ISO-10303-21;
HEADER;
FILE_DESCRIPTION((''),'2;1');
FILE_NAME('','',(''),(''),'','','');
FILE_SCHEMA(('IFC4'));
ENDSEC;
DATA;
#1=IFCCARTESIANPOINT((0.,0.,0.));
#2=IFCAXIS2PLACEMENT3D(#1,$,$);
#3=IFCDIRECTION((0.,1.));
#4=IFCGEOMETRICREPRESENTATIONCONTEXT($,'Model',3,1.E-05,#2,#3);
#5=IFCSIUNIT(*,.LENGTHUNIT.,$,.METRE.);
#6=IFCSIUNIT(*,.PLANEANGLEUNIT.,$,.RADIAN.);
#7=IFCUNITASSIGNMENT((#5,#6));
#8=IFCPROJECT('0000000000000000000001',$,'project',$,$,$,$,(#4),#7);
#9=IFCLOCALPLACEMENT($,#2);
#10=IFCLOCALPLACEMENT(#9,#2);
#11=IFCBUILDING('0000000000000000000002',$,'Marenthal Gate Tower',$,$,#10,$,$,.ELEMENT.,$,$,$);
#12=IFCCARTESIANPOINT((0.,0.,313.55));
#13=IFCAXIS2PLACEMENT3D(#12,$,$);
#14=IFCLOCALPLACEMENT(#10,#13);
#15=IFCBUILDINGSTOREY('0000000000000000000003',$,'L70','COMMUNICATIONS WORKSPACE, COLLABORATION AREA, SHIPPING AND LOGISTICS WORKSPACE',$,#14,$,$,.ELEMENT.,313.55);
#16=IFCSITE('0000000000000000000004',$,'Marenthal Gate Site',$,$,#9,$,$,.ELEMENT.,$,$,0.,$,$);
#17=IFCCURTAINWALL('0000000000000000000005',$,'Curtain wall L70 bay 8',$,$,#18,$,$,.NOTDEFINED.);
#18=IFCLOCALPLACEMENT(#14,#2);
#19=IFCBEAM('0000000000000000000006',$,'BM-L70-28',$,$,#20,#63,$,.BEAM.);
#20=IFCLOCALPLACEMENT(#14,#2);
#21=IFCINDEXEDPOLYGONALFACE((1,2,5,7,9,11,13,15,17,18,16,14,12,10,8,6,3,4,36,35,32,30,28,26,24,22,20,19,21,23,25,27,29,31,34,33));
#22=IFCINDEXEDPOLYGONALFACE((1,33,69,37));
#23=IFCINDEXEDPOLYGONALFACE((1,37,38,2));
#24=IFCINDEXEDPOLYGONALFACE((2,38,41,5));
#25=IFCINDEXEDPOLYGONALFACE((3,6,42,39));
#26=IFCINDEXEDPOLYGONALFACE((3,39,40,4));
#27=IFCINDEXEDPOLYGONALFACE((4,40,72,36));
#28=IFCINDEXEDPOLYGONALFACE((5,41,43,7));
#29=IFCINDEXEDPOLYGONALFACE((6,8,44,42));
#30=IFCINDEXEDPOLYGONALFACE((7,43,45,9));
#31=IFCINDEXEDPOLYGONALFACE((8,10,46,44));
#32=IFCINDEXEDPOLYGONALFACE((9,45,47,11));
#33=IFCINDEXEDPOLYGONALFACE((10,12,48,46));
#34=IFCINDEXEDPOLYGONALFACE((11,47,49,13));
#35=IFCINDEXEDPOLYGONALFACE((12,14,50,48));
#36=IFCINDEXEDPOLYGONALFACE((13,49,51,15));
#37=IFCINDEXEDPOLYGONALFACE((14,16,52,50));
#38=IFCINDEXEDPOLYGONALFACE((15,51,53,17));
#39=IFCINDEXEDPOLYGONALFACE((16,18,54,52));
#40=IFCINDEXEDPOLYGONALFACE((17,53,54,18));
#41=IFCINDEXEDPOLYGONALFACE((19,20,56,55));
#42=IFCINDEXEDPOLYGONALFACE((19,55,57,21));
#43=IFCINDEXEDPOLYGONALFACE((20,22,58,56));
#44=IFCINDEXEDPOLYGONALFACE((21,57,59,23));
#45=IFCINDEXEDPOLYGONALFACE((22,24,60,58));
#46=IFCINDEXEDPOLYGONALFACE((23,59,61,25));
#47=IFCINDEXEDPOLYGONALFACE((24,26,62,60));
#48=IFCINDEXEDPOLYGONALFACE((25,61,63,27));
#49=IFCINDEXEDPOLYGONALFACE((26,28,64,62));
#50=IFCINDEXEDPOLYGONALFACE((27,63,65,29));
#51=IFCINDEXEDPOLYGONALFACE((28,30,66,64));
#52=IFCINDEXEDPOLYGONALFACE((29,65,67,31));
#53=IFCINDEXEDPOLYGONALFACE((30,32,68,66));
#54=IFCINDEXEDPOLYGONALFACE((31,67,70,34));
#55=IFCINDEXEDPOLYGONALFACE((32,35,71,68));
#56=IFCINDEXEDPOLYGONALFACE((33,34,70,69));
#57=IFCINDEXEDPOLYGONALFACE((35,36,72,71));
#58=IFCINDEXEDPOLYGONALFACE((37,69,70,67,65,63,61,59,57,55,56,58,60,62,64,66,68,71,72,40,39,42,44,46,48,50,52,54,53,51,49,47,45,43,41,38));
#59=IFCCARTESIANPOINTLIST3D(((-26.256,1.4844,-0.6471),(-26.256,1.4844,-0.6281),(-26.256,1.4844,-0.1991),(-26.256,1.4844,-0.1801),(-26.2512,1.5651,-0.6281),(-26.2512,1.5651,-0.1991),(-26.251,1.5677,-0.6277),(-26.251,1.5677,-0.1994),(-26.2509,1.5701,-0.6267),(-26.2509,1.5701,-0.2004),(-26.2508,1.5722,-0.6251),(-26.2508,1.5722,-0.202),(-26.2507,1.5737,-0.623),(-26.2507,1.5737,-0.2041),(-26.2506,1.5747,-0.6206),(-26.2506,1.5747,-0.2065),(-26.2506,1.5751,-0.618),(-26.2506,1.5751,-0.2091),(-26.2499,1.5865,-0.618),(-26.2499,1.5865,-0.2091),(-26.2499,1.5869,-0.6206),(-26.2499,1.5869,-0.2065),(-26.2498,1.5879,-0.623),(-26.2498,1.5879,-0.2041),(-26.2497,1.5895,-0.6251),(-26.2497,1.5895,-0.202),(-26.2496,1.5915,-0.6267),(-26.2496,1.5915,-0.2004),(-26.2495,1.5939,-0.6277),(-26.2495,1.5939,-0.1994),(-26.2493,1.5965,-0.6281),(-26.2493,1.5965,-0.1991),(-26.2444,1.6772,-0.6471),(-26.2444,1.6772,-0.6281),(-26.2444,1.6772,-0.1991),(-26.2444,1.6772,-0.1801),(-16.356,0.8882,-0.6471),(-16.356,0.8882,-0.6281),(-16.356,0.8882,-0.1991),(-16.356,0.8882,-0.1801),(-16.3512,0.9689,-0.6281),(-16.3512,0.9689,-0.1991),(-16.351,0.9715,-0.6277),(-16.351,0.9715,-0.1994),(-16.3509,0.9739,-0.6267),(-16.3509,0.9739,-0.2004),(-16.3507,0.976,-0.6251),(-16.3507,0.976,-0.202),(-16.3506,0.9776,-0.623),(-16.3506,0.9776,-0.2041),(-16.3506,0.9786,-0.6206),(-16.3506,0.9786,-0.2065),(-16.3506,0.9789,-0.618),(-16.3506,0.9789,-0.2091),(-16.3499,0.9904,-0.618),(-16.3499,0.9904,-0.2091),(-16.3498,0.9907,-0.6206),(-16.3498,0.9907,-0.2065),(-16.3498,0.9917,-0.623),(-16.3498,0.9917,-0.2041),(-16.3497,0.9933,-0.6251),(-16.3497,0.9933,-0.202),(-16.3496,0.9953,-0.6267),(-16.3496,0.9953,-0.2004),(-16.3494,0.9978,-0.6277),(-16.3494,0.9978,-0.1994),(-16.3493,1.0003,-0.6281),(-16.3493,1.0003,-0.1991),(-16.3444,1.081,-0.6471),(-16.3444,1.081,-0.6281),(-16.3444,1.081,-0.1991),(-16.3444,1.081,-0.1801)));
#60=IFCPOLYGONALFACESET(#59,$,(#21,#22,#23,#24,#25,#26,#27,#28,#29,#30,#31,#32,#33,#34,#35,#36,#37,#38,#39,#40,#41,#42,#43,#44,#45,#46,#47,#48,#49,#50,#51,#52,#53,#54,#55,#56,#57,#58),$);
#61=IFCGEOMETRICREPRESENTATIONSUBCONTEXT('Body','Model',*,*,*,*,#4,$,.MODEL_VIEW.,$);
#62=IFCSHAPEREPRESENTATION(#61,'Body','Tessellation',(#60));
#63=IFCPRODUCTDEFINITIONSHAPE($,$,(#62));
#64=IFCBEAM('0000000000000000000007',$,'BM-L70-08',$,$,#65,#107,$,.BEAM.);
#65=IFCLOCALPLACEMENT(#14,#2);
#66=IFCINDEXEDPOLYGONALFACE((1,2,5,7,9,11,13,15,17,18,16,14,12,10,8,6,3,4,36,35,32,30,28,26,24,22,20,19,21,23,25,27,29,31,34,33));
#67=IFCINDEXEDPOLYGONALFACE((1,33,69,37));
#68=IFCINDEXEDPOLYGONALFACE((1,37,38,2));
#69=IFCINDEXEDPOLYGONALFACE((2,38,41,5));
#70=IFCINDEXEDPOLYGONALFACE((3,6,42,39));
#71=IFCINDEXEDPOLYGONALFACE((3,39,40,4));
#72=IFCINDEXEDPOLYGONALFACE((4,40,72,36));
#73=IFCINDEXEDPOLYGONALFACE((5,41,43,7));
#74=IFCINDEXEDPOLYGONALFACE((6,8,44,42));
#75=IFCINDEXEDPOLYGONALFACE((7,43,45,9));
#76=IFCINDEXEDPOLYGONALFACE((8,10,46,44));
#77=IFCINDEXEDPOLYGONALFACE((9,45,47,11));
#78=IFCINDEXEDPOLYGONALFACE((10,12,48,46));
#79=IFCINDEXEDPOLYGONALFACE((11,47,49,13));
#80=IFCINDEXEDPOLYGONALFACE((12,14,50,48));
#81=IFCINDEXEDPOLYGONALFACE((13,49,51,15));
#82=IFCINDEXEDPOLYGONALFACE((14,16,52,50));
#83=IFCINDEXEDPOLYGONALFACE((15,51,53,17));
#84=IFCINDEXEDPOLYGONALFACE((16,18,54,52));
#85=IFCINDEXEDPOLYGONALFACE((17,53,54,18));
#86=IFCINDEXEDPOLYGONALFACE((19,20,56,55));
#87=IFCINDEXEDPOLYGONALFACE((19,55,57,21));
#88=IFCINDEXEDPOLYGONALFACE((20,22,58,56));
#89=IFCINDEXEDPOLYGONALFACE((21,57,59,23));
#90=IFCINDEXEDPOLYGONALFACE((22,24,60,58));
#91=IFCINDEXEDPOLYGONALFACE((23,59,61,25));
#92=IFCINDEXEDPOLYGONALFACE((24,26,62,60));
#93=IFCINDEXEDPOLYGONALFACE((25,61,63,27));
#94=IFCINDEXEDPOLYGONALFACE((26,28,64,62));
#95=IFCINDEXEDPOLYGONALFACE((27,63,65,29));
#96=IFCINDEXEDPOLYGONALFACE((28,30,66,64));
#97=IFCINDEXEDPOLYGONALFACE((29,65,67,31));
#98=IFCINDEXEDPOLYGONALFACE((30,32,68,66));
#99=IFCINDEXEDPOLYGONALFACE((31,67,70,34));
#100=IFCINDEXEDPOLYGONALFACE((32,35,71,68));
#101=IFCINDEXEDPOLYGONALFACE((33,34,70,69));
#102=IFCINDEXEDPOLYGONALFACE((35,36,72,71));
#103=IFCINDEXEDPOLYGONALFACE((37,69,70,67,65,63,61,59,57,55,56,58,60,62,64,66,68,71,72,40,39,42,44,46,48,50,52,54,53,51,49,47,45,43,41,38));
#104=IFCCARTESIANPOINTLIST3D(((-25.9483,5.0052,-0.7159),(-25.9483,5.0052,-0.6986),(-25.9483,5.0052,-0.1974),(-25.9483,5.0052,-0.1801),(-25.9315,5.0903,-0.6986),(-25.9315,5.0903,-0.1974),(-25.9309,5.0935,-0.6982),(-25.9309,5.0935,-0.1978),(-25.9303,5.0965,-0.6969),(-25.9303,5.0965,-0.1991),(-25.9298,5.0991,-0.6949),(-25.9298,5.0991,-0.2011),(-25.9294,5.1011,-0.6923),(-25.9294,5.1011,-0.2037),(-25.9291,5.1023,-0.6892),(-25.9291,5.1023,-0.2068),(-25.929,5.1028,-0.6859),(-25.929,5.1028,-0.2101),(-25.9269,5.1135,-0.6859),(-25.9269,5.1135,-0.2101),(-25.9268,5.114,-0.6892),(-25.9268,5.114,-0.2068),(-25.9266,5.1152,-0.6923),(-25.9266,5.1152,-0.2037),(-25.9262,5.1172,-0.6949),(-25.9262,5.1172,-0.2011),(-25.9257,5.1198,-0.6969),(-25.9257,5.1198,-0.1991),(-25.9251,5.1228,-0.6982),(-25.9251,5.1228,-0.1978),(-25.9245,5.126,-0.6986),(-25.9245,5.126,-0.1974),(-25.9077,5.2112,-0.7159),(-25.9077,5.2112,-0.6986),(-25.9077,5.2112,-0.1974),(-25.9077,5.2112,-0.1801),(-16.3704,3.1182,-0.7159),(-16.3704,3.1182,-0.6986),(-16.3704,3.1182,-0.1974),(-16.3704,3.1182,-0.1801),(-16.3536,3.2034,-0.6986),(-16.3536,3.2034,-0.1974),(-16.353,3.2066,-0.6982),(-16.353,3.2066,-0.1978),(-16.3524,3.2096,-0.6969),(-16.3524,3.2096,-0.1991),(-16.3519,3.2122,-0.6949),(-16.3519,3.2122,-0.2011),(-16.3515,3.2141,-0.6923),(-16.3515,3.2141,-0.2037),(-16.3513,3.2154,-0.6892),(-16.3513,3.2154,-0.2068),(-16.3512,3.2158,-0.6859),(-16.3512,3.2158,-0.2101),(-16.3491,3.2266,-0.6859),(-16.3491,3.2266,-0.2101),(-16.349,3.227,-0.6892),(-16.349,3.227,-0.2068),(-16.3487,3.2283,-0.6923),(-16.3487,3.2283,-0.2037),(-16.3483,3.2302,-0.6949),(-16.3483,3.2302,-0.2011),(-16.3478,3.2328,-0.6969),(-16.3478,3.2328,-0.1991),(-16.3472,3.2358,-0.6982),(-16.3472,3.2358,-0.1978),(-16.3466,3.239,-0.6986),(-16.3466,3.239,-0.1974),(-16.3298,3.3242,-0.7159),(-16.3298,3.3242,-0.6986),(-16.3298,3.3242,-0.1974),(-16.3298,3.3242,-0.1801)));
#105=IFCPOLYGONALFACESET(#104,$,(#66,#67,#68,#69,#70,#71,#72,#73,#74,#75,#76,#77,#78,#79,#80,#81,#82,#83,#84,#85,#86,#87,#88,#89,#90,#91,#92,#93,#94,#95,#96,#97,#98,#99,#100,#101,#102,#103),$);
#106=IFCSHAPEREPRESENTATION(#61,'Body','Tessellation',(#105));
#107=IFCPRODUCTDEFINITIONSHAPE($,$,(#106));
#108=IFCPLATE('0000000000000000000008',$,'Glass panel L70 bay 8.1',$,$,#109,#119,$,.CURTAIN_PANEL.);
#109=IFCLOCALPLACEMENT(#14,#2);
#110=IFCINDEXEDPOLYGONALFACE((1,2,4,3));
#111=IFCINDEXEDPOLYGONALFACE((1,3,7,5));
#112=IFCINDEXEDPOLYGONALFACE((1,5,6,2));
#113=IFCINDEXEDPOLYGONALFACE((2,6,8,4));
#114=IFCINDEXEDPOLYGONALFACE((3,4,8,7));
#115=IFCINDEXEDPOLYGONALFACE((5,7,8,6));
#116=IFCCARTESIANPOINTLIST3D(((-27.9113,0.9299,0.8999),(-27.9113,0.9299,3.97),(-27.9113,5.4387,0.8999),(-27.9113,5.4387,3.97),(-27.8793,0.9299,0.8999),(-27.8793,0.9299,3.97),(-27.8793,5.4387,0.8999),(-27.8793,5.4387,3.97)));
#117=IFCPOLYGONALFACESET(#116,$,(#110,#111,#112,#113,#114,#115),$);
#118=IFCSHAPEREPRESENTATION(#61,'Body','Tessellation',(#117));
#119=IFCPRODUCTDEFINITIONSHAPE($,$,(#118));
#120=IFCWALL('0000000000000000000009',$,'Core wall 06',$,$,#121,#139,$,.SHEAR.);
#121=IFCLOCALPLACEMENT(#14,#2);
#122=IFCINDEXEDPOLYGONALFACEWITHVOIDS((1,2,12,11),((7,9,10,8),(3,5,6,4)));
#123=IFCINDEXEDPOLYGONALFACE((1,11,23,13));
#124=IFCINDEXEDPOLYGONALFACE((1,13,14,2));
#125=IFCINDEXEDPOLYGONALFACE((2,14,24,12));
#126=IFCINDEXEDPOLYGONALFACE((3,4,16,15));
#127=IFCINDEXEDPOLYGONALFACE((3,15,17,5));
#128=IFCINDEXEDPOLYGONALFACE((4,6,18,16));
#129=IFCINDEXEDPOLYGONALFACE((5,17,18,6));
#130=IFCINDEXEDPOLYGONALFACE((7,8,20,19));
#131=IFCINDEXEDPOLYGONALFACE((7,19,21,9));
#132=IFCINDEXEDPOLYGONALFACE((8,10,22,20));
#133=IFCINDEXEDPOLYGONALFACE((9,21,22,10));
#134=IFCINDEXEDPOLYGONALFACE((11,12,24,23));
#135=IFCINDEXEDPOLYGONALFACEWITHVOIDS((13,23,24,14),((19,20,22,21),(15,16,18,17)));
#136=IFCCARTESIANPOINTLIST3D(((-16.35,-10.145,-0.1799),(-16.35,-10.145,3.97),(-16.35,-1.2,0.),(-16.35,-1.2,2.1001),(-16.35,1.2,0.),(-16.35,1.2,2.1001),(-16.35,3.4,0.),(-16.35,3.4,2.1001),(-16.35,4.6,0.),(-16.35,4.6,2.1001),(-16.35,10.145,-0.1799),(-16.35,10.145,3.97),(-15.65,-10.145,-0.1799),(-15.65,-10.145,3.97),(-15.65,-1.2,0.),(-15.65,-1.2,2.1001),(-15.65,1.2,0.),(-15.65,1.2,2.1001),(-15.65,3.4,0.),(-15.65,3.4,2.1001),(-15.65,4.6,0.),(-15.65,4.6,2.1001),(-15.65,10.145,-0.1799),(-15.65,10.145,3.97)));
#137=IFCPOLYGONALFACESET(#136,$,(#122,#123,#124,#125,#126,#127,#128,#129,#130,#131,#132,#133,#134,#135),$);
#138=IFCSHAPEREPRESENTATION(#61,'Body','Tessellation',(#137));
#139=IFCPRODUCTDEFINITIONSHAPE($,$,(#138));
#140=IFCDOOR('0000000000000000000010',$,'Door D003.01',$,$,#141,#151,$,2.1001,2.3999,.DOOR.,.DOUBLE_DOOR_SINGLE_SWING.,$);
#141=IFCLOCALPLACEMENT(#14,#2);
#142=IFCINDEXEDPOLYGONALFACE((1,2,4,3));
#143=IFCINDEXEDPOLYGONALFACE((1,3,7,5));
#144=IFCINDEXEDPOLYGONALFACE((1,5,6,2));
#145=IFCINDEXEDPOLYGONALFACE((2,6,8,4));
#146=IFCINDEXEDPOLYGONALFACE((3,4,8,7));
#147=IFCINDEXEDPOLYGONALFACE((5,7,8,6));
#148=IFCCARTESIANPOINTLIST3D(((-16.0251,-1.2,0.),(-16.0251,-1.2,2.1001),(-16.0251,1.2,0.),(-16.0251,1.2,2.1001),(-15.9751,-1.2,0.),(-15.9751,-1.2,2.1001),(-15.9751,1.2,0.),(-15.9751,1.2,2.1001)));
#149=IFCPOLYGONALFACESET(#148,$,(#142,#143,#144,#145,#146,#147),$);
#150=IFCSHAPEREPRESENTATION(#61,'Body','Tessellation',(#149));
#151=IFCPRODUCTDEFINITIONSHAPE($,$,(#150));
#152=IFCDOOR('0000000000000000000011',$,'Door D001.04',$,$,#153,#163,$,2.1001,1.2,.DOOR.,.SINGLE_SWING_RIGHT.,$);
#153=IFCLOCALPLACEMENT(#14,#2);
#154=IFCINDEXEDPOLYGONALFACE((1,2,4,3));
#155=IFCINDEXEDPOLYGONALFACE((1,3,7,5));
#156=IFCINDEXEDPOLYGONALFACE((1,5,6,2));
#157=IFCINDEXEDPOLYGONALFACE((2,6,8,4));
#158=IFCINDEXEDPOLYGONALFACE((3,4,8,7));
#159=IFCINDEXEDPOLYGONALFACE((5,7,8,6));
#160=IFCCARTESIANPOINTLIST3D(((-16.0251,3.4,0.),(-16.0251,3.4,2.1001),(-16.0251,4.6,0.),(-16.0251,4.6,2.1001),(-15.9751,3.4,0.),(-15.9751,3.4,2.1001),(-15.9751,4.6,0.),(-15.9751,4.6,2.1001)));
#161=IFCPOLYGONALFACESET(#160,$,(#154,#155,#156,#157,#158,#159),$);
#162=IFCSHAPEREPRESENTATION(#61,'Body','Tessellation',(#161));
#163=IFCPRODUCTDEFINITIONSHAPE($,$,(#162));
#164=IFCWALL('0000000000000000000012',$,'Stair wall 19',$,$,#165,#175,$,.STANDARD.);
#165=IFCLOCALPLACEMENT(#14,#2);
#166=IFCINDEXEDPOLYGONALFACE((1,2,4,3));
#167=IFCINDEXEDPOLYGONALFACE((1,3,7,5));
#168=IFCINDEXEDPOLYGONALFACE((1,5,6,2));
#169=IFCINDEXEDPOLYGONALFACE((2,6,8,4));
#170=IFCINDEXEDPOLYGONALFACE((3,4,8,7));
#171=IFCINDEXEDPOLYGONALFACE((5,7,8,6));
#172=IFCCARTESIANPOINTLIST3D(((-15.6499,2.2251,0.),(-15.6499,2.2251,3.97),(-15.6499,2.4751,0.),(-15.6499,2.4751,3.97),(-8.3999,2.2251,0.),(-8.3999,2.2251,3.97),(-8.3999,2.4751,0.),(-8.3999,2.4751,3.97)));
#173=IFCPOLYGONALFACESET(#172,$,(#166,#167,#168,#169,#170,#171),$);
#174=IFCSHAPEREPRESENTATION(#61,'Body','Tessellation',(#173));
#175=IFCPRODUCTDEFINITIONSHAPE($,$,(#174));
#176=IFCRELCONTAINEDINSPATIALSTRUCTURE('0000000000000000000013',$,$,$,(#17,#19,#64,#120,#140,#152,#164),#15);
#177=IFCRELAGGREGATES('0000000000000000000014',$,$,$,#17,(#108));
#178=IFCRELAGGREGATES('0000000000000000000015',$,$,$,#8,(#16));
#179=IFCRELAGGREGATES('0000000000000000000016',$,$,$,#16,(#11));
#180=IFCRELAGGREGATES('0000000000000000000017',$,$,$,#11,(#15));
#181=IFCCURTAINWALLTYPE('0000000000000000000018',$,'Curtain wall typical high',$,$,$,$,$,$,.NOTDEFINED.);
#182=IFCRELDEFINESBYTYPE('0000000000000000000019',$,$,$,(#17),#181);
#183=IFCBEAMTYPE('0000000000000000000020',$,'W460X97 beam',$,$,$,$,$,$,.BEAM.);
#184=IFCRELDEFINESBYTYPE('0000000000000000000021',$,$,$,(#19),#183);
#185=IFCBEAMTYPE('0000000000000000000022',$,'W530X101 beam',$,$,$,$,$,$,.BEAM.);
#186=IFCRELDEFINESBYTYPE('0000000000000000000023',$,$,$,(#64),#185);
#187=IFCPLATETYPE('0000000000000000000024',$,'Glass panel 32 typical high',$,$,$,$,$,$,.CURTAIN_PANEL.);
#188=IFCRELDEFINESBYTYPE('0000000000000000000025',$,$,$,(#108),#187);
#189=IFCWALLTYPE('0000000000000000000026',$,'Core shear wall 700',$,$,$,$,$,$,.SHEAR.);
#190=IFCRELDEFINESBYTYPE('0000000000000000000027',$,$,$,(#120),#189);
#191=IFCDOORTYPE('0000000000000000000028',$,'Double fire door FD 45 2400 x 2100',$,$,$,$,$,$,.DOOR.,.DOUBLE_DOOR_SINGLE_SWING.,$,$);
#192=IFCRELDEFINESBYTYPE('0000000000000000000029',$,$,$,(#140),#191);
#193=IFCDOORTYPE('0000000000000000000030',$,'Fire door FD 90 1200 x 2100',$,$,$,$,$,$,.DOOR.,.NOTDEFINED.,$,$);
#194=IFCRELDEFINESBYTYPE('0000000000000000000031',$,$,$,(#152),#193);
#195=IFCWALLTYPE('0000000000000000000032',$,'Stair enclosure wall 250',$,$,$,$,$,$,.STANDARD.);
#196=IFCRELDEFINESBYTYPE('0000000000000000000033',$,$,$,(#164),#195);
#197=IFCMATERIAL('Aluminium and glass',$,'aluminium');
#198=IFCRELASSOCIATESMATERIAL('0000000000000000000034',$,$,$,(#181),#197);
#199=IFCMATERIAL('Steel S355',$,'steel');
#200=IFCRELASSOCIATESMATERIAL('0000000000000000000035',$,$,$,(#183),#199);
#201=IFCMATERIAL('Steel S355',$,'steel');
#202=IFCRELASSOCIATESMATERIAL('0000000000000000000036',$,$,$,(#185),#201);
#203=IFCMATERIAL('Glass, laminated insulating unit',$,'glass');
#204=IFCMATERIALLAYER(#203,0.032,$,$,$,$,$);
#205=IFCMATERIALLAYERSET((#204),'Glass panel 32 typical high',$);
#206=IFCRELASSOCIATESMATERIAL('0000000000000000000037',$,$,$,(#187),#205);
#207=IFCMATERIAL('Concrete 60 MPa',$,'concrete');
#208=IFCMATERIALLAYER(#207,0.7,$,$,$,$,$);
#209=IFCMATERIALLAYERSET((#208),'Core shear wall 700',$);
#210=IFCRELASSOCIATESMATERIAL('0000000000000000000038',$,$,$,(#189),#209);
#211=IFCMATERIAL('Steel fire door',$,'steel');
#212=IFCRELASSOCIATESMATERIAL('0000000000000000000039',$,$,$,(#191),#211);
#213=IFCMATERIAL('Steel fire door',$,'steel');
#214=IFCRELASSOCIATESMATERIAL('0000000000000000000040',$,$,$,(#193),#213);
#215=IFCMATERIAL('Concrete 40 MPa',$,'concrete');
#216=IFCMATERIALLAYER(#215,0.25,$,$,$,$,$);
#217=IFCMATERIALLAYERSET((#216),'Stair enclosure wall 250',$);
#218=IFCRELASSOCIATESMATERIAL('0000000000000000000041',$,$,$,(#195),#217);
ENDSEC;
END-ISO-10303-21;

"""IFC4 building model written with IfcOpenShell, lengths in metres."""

from ifc_helpers import new_model, si_unit, direction, frame, frame_2d, origin, origin_2d, place, context, subcontext, project, spatial, rectangle, i_section, extrude, material, layer, layer_set, material_profile, profile_set, type_object, element, fill, aggregate, save


model = new_model("IFC4")

# Units and contexts
model_context = context("Model", 3, precision=1e-05, world=origin(), true_north=direction((0.0, 1.0)))
body_context = subcontext(model_context, "Body", "Model", "MODEL_VIEW")
ifc_project = project(units=[si_unit("LENGTHUNIT", "METRE"), si_unit("PLANEANGLEUNIT", "RADIAN")], contexts=[model_context])

# Site, building, storey
site_placement = place(None, origin())
site = spatial("IfcSite", under=ifc_project, at=site_placement, Name="Marenthal Gate Site", CompositionType="ELEMENT", RefElevation=0.0)
building_placement = place(site_placement, origin())
building = spatial("IfcBuilding", under=site, at=building_placement, Name="Marenthal Gate Tower", CompositionType="ELEMENT")
storey_placement = place(building_placement, frame((0.0, 0.0, 313.55)))
storey = spatial("IfcBuildingStorey", under=building, at=storey_placement, Name="L70", Description="COMMUNICATIONS WORKSPACE, COLLABORATION AREA, SHIPPING AND LOGISTICS WORKSPACE", CompositionType="ELEMENT", Elevation=313.55)

# Curtain wall
ifc_material_1 = material(Name="Aluminium and glass", Category="aluminium")
curtain_wall_type = type_object("IfcCurtainWallType", Name="Curtain wall typical high", PredefinedType="NOTDEFINED", material=ifc_material_1)
curtain_wall_placement = place(storey_placement, origin())
curtain_wall = element("IfcCurtainWall", 1, at=curtain_wall_placement, inside=storey, type_object=curtain_wall_type, Name="Curtain wall L70 bay 8", PredefinedType="NOTDEFINED")

# Beams
ifc_material_2 = material(Name="Steel S355", Category="steel")
ifc_material_profile_1 = material_profile(ifc_material_2, i_section(OverallWidth=0.1931, OverallDepth=0.467, WebThickness=0.0115, FlangeThickness=0.019, FilletRadius=0.01, at=origin_2d()), Name="W460X97")
ifc_profile_set_1 = profile_set([ifc_material_profile_1], Name="Steel S355")
beam_type_1 = type_object("IfcBeamType", Name="W460X97 beam", PredefinedType="BEAM", material=ifc_profile_set_1)
beam_1_placement = place(storey_placement, frame((-26.2502, 1.5808, -0.4136), z_axis=(0.998192, -0.060112, 0.0), x_axis=(0.060112, 0.998192, 0.0)))
element("IfcBeam", 2, at=beam_1_placement, inside=storey, type_object=beam_type_1, Name="BM-L70-28", PredefinedType="BEAM", context=body_context, shape_type="SweptSolid", body=[
    extrude(i_section(OverallWidth=0.1931, OverallDepth=0.467, WebThickness=0.0115, FlangeThickness=0.019, FilletRadius=0.01, at=origin_2d()), origin(), (0.0, 0.0, 1.0), 9.918),
])
ifc_material_3 = material(Name="Steel S355", Category="steel")
ifc_material_profile_2 = material_profile(ifc_material_3, i_section(OverallWidth=0.21, OverallDepth=0.5359, WebThickness=0.011, FlangeThickness=0.0173, FilletRadius=0.0127, at=origin_2d()), Name="W530X101")
ifc_profile_set_2 = profile_set([ifc_material_profile_2], Name="Steel S355")
beam_type_2 = type_object("IfcBeamType", Name="W530X101 beam", PredefinedType="BEAM", material=ifc_profile_set_2)
beam_2_placement = place(storey_placement, frame((-25.928, 5.1082, -0.448), z_axis=(0.98114, -0.193297, 0.0), x_axis=(0.193297, 0.98114, 0.0)))
element("IfcBeam", 3, at=beam_2_placement, inside=storey, type_object=beam_type_2, Name="BM-L70-08", PredefinedType="BEAM", context=body_context, shape_type="SweptSolid", body=[
    extrude(i_section(OverallWidth=0.21, OverallDepth=0.5359, WebThickness=0.011, FlangeThickness=0.0173, FilletRadius=0.0127, at=origin_2d()), origin(), (0.0, 0.0, 1.0), 9.762),
])

# Plate
ifc_material_4 = material(Name="Glass, laminated insulating unit", Category="glass")
ifc_layer_1 = layer(ifc_material_4, 0.032)
ifc_layer_set_1 = layer_set([ifc_layer_1], Name="Glass panel 32 typical high")
plate_type = type_object("IfcPlateType", Name="Glass panel 32 typical high", PredefinedType="CURTAIN_PANEL", material=ifc_layer_set_1)
plate_placement = place(storey_placement, frame((-27.8953, 3.1843, 0.8999), z_axis=(0.0, 0.0, 1.0), x_axis=(0.0, -1.0, 0.0)))
plate = element("IfcPlate", 4, at=plate_placement, type_object=plate_type, Name="Glass panel L70 bay 8.1", PredefinedType="CURTAIN_PANEL", context=body_context, shape_type="SweptSolid", body=[
    extrude(rectangle(XDim=4.5088, YDim=0.032, at=origin_2d()), origin(), (0.0, 0.0, 1.0), 3.0701),
])
aggregate(curtain_wall, [plate])

# Wall, openings, doors
ifc_material_5 = material(Name="Concrete 60 MPa", Category="concrete")
ifc_layer_2 = layer(ifc_material_5, 0.7)
ifc_layer_set_2 = layer_set([ifc_layer_2], Name="Core shear wall 700")
wall_type_1 = type_object("IfcWallType", Name="Core shear wall 700", PredefinedType="SHEAR", material=ifc_layer_set_2)
wall_1_placement = place(storey_placement, frame((-16.0, 10.145, -0.1799), z_axis=(0.0, 0.0, 1.0), x_axis=(0.0, -1.0, 0.0)))
wall_1 = element("IfcWall", 5, at=wall_1_placement, inside=storey, type_object=wall_type_1, Name="Core wall 06", PredefinedType="SHEAR", context=body_context, shape_type="SweptSolid", body=[
    extrude(rectangle(XDim=20.29, YDim=0.7, at=frame_2d((10.145, 0.0))), origin(), (0.0, 0.0, 1.0), 4.1499),
])
opening_1_placement = place(wall_1_placement, frame((8.9451, 0.0, 0.1799)))
opening_1 = element("IfcOpeningElement", 6, at=opening_1_placement, cuts=wall_1, PredefinedType="OPENING", context=body_context, shape_type="SweptSolid", body=[
    extrude(rectangle(XDim=2.3999, YDim=2.1001, at=frame_2d((1.2, 1.05))), frame((0.0, 0.3599, 0.0), z_axis=(0.0, -1.0, 0.0), x_axis=(1.0, 0.0, 0.0)), (0.0, 0.0, 1.0), 0.72),
])
opening_2_placement = place(wall_1_placement, frame((5.5449, 0.0, 0.1799)))
opening_2 = element("IfcOpeningElement", 7, at=opening_2_placement, cuts=wall_1, PredefinedType="OPENING", context=body_context, shape_type="SweptSolid", body=[
    extrude(rectangle(XDim=1.2, YDim=2.1001, at=frame_2d((0.6001, 1.05))), frame((0.0, 0.3599, 0.0), z_axis=(0.0, -1.0, 0.0), x_axis=(1.0, 0.0, 0.0)), (0.0, 0.0, 1.0), 0.72),
])
ifc_material_6 = material(Name="Steel fire door", Category="steel")
door_type_1 = type_object("IfcDoorType", Name="Double fire door FD 45 2400 x 2100", OperationType="DOUBLE_DOOR_SINGLE_SWING", PredefinedType="DOOR", material=ifc_material_6)
door_1_placement = place(opening_1_placement, origin())
door_1 = element("IfcDoor", 8, at=door_1_placement, inside=storey, type_object=door_type_1, Name="Door D003.01", OperationType="DOUBLE_DOOR_SINGLE_SWING", OverallHeight=2.1001, OverallWidth=2.3999, PredefinedType="DOOR", context=body_context, shape_type="SweptSolid", body=[
    extrude(rectangle(XDim=2.3999, YDim=2.1001, at=frame_2d((1.2, 1.05))), frame((0.0, 0.0249, 0.0), z_axis=(0.0, -1.0, 0.0), x_axis=(1.0, 0.0, 0.0)), (0.0, 0.0, 1.0), 0.05),
])
fill(opening_1, door_1)
ifc_material_7 = material(Name="Steel fire door", Category="steel")
door_type_2 = type_object("IfcDoorType", Name="Fire door FD 90 1200 x 2100", OperationType="NOTDEFINED", PredefinedType="DOOR", material=ifc_material_7)
door_2_placement = place(opening_2_placement, origin())
door_2 = element("IfcDoor", 9, at=door_2_placement, inside=storey, type_object=door_type_2, Name="Door D001.04", OperationType="SINGLE_SWING_RIGHT", OverallHeight=2.1001, OverallWidth=1.2, PredefinedType="DOOR", context=body_context, shape_type="SweptSolid", body=[
    extrude(rectangle(XDim=1.2, YDim=2.1001, at=frame_2d((0.6001, 1.05))), frame((0.0, 0.0249, 0.0), z_axis=(0.0, -1.0, 0.0), x_axis=(1.0, 0.0, 0.0)), (0.0, 0.0, 1.0), 0.05),
])
fill(opening_2, door_2)

# Wall
ifc_material_8 = material(Name="Concrete 40 MPa", Category="concrete")
ifc_layer_3 = layer(ifc_material_8, 0.25)
ifc_layer_set_3 = layer_set([ifc_layer_3], Name="Stair enclosure wall 250")
wall_type_2 = type_object("IfcWallType", Name="Stair enclosure wall 250", PredefinedType="STANDARD", material=ifc_layer_set_3)
wall_2_placement = place(storey_placement, frame((-15.6499, 2.3501, 0.0), z_axis=(0.0, 0.0, 1.0), x_axis=(1.0, 0.0, 0.0)))
element("IfcWall", 10, at=wall_2_placement, inside=storey, type_object=wall_type_2, Name="Stair wall 19", PredefinedType="STANDARD", context=body_context, shape_type="SweptSolid", body=[
    extrude(rectangle(XDim=7.25, YDim=0.25, at=frame_2d((3.625, 0.0))), origin(), (0.0, 0.0, 1.0), 3.97),
])

save(model, "model.ifc")
